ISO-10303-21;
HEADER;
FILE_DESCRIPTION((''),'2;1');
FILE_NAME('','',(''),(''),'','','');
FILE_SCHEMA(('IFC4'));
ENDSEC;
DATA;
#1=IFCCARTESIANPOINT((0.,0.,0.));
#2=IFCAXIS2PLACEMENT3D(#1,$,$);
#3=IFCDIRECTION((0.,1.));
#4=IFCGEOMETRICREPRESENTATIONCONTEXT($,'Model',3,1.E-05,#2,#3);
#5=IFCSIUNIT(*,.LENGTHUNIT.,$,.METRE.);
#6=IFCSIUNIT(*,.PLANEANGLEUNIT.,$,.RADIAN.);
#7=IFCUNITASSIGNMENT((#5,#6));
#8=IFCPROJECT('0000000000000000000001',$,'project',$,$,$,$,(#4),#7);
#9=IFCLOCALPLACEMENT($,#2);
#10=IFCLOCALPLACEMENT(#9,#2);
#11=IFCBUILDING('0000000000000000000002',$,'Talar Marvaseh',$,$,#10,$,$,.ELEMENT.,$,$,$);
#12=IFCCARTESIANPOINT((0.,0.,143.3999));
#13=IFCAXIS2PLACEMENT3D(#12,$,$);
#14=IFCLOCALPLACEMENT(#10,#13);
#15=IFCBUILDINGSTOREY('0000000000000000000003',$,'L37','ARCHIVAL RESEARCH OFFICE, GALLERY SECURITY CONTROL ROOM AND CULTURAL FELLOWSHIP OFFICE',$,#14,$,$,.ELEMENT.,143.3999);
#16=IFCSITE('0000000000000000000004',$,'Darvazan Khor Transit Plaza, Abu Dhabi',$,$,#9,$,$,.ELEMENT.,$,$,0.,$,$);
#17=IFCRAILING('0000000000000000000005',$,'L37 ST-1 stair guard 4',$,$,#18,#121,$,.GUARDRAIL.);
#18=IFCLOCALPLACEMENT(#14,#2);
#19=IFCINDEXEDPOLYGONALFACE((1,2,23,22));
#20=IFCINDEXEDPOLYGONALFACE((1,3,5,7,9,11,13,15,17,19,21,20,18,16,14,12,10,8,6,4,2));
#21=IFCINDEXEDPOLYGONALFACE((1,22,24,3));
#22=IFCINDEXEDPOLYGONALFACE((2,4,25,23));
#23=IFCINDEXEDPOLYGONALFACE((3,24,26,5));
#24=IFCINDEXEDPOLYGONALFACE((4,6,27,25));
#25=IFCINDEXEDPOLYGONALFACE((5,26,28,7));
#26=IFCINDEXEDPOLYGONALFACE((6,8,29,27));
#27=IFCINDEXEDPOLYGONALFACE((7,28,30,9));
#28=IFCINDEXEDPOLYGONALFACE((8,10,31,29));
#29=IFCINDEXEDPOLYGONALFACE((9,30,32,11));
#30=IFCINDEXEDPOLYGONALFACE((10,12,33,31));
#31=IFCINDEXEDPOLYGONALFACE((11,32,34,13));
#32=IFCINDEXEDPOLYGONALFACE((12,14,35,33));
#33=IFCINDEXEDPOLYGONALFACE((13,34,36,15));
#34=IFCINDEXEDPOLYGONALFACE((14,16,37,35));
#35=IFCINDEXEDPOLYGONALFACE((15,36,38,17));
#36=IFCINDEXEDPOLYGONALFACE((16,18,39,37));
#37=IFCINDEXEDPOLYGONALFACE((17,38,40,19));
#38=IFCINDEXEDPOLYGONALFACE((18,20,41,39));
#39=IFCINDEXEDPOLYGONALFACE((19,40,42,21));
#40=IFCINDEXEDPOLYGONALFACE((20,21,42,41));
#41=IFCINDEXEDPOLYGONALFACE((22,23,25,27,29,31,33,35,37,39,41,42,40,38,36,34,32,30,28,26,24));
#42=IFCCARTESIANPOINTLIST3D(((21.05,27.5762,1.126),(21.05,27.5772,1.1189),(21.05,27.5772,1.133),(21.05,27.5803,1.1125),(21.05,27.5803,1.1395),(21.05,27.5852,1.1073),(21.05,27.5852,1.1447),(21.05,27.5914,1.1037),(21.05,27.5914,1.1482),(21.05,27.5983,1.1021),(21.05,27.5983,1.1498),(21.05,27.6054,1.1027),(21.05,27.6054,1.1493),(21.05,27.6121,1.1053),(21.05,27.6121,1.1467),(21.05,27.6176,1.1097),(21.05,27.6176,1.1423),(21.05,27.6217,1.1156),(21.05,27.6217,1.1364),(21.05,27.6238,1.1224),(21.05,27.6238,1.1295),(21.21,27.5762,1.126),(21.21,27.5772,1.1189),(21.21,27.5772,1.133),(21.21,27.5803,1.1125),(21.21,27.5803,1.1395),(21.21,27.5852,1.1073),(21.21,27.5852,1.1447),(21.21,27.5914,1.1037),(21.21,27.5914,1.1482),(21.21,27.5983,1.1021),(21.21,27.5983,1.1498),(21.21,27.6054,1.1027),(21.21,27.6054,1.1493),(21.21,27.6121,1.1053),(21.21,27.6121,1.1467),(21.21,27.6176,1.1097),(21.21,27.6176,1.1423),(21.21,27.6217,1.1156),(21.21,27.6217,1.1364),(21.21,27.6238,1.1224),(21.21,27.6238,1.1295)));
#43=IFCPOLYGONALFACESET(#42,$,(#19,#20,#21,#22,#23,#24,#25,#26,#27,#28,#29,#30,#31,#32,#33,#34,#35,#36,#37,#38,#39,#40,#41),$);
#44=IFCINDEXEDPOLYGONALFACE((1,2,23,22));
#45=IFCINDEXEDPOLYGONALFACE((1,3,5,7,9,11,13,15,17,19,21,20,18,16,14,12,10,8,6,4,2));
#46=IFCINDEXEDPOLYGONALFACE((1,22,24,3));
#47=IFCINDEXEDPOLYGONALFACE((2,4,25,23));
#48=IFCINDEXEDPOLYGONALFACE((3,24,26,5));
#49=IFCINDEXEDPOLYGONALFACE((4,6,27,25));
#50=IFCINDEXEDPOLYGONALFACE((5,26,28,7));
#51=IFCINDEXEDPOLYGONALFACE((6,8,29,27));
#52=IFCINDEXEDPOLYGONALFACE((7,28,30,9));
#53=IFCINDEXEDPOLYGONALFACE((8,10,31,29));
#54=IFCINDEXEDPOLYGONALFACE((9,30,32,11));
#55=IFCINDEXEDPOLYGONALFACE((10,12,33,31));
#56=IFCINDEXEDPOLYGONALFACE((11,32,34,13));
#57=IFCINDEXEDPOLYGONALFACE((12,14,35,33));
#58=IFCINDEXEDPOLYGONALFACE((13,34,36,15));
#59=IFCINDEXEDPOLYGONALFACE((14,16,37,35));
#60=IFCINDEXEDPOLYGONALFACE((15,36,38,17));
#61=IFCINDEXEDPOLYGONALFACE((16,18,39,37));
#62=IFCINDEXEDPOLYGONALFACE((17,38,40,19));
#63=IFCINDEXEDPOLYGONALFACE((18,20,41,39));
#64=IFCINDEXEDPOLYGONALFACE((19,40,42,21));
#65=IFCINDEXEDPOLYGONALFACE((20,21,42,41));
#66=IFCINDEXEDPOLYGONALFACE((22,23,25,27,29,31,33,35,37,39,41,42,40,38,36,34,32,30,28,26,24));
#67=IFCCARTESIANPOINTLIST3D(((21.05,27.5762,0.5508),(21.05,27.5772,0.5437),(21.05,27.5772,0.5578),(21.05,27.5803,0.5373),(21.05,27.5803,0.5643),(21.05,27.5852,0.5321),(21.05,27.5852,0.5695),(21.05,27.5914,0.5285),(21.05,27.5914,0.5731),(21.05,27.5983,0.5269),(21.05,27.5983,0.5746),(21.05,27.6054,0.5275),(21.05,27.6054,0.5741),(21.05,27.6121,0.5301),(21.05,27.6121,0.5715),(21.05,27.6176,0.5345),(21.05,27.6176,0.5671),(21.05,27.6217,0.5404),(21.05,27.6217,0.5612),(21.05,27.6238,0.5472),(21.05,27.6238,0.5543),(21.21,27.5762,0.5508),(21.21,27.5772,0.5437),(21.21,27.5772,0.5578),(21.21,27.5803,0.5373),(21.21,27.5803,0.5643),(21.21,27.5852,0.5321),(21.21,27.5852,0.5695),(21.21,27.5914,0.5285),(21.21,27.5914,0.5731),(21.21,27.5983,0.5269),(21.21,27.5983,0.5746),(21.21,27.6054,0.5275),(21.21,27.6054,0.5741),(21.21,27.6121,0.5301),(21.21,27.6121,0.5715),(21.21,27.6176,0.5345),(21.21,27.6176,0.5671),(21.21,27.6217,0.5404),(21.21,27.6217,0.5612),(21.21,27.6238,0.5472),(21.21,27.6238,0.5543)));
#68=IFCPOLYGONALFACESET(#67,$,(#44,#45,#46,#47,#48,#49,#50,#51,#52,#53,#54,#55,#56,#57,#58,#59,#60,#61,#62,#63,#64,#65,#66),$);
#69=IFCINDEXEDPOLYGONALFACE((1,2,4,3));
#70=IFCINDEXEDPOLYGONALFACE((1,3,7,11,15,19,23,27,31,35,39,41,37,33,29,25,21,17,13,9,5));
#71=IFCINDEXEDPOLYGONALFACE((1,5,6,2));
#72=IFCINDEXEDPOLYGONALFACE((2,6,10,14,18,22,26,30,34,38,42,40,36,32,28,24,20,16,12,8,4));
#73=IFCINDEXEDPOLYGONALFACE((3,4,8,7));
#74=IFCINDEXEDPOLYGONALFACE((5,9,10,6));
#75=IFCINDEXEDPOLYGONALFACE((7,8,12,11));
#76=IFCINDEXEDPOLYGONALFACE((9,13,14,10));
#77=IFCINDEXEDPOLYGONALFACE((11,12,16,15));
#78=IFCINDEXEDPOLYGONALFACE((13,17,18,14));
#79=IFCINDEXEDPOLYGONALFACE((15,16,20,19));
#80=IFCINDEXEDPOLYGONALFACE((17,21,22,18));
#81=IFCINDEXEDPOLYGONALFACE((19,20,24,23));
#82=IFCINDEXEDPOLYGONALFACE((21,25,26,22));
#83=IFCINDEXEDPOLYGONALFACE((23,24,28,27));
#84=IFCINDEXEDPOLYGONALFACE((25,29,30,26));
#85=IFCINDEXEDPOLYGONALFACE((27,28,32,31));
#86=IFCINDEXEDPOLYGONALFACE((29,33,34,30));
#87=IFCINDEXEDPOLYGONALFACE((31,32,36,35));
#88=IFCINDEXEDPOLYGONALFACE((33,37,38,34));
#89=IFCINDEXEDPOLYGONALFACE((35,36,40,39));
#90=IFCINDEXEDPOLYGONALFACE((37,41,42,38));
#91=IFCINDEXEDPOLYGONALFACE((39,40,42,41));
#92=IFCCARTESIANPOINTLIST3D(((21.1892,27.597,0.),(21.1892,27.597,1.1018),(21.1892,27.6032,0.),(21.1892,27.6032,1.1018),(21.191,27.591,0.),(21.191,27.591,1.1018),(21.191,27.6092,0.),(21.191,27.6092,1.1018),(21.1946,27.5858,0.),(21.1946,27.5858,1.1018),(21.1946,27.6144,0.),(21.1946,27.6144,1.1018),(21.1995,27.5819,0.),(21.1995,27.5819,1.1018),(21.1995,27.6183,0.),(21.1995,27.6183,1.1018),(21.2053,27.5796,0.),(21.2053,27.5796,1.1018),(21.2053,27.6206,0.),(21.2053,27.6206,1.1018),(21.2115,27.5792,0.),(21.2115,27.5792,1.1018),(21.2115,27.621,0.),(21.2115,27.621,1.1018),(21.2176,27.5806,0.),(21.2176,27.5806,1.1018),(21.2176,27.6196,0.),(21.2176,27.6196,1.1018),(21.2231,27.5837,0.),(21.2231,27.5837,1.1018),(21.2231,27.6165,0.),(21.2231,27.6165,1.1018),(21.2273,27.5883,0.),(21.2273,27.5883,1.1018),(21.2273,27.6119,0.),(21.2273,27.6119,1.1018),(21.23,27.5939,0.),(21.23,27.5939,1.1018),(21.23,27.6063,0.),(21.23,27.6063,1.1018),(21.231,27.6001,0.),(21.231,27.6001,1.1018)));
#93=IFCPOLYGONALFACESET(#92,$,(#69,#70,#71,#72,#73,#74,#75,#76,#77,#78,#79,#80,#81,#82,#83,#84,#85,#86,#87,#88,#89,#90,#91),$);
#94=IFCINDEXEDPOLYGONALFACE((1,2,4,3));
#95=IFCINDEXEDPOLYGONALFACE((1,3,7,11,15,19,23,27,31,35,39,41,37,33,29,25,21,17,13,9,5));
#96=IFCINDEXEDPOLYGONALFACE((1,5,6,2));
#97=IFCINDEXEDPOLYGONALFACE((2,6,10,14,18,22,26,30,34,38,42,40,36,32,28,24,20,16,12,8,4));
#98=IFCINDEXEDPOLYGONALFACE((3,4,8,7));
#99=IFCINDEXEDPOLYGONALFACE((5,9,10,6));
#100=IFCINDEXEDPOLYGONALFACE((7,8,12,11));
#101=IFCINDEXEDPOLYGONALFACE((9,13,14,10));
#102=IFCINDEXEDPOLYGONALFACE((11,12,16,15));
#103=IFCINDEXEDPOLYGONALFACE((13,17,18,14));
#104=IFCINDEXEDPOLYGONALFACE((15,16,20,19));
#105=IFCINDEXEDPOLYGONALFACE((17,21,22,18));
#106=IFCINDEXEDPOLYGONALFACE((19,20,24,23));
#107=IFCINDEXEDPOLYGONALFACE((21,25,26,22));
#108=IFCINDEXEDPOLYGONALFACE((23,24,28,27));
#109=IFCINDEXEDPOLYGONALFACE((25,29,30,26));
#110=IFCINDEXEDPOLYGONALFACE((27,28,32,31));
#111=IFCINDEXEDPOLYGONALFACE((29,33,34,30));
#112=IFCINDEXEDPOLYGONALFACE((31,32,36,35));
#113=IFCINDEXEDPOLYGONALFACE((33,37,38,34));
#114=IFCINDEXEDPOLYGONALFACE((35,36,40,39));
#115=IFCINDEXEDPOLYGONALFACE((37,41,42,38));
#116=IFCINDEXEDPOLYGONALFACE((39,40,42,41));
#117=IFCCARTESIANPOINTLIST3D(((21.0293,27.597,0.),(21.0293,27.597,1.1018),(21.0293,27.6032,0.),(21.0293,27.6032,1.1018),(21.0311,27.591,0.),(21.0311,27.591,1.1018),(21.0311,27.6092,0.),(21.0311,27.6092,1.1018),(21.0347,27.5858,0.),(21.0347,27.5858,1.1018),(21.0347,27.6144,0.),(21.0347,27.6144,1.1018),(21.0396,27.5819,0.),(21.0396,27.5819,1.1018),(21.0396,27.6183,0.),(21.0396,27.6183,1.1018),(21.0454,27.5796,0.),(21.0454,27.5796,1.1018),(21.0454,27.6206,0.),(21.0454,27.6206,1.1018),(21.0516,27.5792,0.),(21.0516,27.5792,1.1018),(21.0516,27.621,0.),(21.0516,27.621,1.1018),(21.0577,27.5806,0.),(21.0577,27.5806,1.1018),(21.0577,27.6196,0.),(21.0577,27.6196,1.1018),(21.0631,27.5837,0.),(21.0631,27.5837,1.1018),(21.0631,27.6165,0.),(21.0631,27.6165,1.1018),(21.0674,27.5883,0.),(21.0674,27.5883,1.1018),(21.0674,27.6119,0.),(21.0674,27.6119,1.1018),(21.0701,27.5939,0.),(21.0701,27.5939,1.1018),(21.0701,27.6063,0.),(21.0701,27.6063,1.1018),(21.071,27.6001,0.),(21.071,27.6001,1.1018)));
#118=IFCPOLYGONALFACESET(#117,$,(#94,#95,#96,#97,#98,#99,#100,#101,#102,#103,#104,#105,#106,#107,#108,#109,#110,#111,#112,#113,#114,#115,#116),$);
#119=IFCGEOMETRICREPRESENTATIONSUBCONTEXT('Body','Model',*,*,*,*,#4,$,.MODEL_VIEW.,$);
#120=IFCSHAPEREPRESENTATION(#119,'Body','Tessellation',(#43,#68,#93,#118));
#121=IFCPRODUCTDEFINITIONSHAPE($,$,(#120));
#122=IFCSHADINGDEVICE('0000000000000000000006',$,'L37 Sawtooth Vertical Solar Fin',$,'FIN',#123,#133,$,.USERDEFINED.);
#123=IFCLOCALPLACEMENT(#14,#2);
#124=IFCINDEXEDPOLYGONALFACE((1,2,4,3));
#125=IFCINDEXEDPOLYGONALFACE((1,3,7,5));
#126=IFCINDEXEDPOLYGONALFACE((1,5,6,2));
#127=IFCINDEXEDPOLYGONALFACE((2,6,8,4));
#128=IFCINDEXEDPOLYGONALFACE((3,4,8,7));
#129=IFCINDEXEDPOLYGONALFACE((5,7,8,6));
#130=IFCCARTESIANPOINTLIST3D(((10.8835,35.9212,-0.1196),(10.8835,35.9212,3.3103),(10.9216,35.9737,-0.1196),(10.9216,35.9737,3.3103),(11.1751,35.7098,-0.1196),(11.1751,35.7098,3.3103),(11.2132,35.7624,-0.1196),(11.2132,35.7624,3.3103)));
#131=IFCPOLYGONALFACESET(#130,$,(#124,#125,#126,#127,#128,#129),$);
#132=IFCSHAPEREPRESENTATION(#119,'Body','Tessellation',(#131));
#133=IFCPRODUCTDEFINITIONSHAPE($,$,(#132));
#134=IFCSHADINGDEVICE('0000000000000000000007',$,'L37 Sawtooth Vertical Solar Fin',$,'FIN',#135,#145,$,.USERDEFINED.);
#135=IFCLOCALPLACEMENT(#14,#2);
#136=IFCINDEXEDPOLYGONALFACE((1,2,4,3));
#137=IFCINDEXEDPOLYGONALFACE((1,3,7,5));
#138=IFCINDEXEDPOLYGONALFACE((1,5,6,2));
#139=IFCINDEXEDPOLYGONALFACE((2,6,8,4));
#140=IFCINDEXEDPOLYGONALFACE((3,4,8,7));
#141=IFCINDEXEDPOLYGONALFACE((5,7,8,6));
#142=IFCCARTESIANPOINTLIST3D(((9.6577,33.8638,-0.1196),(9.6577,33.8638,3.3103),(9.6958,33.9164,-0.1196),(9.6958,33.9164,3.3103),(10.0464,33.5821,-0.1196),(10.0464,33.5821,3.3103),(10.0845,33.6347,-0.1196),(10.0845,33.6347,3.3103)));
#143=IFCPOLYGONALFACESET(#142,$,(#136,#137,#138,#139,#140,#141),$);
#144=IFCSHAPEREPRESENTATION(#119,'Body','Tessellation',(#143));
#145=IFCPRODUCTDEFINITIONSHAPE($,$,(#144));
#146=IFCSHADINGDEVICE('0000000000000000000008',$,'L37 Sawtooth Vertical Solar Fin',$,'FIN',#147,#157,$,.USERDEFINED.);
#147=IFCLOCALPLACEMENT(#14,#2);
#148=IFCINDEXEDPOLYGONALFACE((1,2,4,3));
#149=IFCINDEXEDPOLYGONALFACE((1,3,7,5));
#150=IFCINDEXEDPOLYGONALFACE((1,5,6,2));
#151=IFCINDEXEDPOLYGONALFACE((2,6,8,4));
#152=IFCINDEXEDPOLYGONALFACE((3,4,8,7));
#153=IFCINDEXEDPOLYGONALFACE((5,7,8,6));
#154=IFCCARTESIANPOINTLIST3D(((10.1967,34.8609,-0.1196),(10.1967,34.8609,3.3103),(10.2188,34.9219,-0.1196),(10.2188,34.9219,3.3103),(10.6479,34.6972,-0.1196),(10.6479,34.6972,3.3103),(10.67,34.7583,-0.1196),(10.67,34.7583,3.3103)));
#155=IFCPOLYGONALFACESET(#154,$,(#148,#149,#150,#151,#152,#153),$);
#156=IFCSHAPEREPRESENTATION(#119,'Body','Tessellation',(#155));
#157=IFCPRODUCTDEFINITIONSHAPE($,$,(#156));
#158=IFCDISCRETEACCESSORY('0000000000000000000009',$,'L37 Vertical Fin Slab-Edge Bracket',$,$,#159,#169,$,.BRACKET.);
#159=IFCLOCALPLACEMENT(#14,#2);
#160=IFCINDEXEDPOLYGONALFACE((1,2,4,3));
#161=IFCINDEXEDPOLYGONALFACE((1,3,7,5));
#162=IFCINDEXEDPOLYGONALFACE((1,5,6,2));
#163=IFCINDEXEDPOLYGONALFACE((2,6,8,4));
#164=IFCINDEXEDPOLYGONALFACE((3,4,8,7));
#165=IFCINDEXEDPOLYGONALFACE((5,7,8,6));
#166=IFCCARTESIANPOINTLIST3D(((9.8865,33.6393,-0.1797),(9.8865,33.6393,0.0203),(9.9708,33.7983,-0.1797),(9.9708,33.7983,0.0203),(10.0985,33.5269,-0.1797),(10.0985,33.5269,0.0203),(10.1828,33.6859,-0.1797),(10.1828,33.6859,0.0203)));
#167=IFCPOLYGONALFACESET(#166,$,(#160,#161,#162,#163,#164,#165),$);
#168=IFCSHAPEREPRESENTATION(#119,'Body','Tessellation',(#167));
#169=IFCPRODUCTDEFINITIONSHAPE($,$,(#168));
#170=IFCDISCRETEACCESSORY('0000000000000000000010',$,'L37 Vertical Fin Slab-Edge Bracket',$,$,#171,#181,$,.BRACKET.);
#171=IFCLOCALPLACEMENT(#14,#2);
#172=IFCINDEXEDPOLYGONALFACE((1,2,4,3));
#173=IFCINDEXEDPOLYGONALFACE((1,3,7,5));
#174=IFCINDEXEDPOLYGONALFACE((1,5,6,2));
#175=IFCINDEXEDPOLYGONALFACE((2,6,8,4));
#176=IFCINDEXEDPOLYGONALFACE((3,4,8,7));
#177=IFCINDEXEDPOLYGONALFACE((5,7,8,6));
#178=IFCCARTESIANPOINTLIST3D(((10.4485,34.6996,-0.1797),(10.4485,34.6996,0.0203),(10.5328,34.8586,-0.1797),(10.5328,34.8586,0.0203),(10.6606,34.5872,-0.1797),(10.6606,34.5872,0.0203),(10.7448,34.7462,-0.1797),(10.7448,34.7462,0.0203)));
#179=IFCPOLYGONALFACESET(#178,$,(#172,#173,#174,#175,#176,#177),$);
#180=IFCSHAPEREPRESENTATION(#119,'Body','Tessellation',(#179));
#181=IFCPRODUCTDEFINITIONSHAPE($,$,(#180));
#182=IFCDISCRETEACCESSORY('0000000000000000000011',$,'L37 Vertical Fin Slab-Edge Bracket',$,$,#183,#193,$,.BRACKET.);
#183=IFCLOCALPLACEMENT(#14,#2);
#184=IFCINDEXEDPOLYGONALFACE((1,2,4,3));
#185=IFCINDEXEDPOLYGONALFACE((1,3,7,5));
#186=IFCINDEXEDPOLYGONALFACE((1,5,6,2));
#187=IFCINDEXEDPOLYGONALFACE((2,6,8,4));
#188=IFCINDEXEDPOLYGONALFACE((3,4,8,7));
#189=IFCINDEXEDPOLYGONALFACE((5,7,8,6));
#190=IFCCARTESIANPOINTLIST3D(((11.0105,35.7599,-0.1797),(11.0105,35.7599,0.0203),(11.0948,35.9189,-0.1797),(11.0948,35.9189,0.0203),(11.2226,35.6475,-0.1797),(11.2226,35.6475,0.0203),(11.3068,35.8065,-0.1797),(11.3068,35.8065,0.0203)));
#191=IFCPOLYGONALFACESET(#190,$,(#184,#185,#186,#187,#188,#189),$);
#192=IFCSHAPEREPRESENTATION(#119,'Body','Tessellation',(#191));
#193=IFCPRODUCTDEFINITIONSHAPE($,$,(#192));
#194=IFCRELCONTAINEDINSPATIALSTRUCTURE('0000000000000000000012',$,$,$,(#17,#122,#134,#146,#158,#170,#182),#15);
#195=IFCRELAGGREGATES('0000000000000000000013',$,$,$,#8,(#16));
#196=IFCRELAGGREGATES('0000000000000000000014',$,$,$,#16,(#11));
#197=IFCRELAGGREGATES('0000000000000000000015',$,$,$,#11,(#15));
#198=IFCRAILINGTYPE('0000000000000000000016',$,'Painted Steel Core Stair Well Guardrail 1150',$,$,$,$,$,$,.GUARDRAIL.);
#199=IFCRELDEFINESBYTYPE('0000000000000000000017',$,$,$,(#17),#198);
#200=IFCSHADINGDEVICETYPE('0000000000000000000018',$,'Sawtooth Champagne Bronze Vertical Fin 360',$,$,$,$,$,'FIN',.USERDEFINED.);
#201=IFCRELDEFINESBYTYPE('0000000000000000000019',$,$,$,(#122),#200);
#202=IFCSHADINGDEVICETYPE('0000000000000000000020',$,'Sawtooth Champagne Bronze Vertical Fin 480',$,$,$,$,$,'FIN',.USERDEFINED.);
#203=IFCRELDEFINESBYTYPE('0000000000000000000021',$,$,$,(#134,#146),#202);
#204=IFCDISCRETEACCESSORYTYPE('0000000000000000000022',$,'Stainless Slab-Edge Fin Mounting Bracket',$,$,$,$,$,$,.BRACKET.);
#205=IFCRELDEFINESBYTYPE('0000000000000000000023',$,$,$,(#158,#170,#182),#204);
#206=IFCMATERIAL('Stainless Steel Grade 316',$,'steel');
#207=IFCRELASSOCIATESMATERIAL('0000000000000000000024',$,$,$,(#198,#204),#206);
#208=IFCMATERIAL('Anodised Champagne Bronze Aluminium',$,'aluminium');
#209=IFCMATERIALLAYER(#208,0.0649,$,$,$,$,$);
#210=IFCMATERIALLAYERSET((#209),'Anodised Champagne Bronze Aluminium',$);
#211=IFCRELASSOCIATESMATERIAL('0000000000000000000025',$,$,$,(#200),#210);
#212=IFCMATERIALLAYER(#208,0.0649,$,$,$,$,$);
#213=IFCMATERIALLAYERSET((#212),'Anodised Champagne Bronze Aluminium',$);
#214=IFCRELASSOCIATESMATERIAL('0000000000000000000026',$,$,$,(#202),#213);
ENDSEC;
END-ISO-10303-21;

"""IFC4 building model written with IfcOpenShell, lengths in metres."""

from ifc_helpers import new_model, si_unit, direction, frame, origin, origin_2d, place, context, subcontext, project, spatial, rectangle, circle, extrude, source, transform, mapped, material, layer, layer_set, type_object, type_shapes, element, save


model = new_model("IFC4")

# Units and contexts
model_context = context("Model", 3, precision=1e-05, world=origin(), true_north=direction((0.0, 1.0)))
body_context = subcontext(model_context, "Body", "Model", "MODEL_VIEW")
ifc_project = project(units=[si_unit("LENGTHUNIT", "METRE"), si_unit("PLANEANGLEUNIT", "RADIAN")], contexts=[model_context])

# Site, building, storey
site_placement = place(None, origin())
site = spatial("IfcSite", under=ifc_project, at=site_placement, Name="Darvazan Khor Transit Plaza, Abu Dhabi", CompositionType="ELEMENT", RefElevation=0.0)
building_placement = place(site_placement, origin())
building = spatial("IfcBuilding", under=site, at=building_placement, Name="Talar Marvaseh", CompositionType="ELEMENT")
storey_placement = place(building_placement, frame((0.0, 0.0, 143.3999)))
storey = spatial("IfcBuildingStorey", under=building, at=storey_placement, Name="L37", Description="ARCHIVAL RESEARCH OFFICE, GALLERY SECURITY CONTROL ROOM AND CULTURAL FELLOWSHIP OFFICE", CompositionType="ELEMENT", Elevation=143.3999)

# Railing
ifc_material_1 = material(Name="Stainless Steel Grade 316", Category="steel")
railing_type_1 = type_object("IfcRailingType", Name="Painted Steel Core Stair Well Guardrail 1150", PredefinedType="GUARDRAIL", material=ifc_material_1)
railing_1_placement = place(storey_placement, frame((21.21, 27.6001, 0.0)))
element("IfcRailing", 1, at=railing_1_placement, inside=storey, type_object=railing_type_1, Name="L37 ST-1 stair guard 4", PredefinedType="GUARDRAIL", context=body_context, shape_type="SweptSolid", body=[
    extrude(circle(Radius=0.0239, at=origin_2d()), frame((0.0, 0.0, 1.126), z_axis=(-1.0, 0.0, 0.0), x_axis=(0.0, -1.0, 0.0)), (0.0, 0.0, 1.0), 0.1599),
    extrude(circle(Radius=0.0239, at=origin_2d()), frame((0.0, 0.0, 0.5508), z_axis=(-1.0, 0.0, 0.0), x_axis=(0.0, -1.0, 0.0)), (0.0, 0.0, 1.0), 0.1599),
    extrude(circle(Radius=0.021, at=origin_2d()), origin(), (0.0, 0.0, 1.0), 1.1018),
    extrude(circle(Radius=0.021, at=origin_2d()), frame((-0.1599, 0.0, 0.0)), (0.0, 0.0, 1.0), 1.1018),
])

# Shading devices
ifc_material_2 = material(Name="Anodised Champagne Bronze Aluminium", Category="aluminium")
ifc_layer_1 = layer(ifc_material_2, 0.0649)
ifc_layer_set_1 = layer_set([ifc_layer_1], Name="Anodised Champagne Bronze Aluminium")
shading_device_type_1 = type_object("IfcShadingDeviceType", Name="Sawtooth Champagne Bronze Vertical Fin 360", ElementType="FIN", PredefinedType="USERDEFINED", material=ifc_layer_set_1)
shared_shape_1 = source(origin(), body_context, "Body", "SweptSolid", [
    extrude(rectangle(XDim=0.3601, YDim=0.0649, at=origin_2d()), origin(), (0.0, 0.0, 1.0), 3.4299),
])
type_shapes(shading_device_type_1, [shared_shape_1])
shading_device_placement = place(storey_placement, frame((11.0483, 35.8418, -0.1196), z_axis=(0.0, 0.0, 1.0), x_axis=(-0.809735, 0.586796, 0.0)))
element("IfcShadingDevice", 2, at=shading_device_placement, inside=storey, type_object=shading_device_type_1, Name="L37 Sawtooth Vertical Solar Fin", ObjectType="FIN", PredefinedType="USERDEFINED", context=body_context, shape_type="MappedRepresentation", body=[
    mapped(shared_shape_1, transform((0.0, 0.0, 0.0), x_axis=(1.0, 0.0, 0.0), y_axis=(0.0, 1.0, 0.0), z_axis=(0.0, 0.0, 1.0), scale=1.0)),
])
ifc_layer_2 = layer(ifc_material_2, 0.0649)
ifc_layer_set_2 = layer_set([ifc_layer_2], Name="Anodised Champagne Bronze Aluminium")
shading_device_type_2 = type_object("IfcShadingDeviceType", Name="Sawtooth Champagne Bronze Vertical Fin 480", ElementType="FIN", PredefinedType="USERDEFINED", material=ifc_layer_set_2)
shared_shape_2 = source(origin(), body_context, "Body", "SweptSolid", [
    extrude(rectangle(XDim=0.48, YDim=0.0649, at=origin_2d()), origin(), (0.0, 0.0, 1.0), 3.4299),
])
type_shapes(shading_device_type_2, [shared_shape_2])
for number, where, z_axis, x_axis, name in (
    (3, (9.8711, 33.7493, -0.1196), (0.0, 0.0, 1.0), (-0.809735, 0.586796, 0.0), "L37 Sawtooth Vertical Solar Fin"),
    (4, (10.4333, 34.8096, -0.1196), (0.0, 0.0, 1.0), (-0.94011, 0.340872, 0.0), "L37 Sawtooth Vertical Solar Fin"),
):
    element("IfcShadingDevice", number, at=place(storey_placement, frame(where, z_axis=z_axis, x_axis=x_axis)), inside=storey, type_object=shading_device_type_2, Name=name, ObjectType="FIN", PredefinedType="USERDEFINED", context=body_context, shape_type="MappedRepresentation", body=[
        mapped(shared_shape_2, transform((0.0, 0.0, 0.0), x_axis=(1.0, 0.0, 0.0), y_axis=(0.0, 1.0, 0.0), z_axis=(0.0, 0.0, 1.0), scale=1.0)),
    ])

# Discrete accessories
discrete_accessory_type = type_object("IfcDiscreteAccessoryType", Name="Stainless Slab-Edge Fin Mounting Bracket", PredefinedType="BRACKET", material=ifc_material_1)
shared_shape_3 = source(origin(), body_context, "Body", "SweptSolid", [
    extrude(rectangle(XDim=0.24, YDim=0.1799, at=origin_2d()), origin(), (0.0, 0.0, 1.0), 0.2),
])
type_shapes(discrete_accessory_type, [shared_shape_3])
for number, where, z_axis, x_axis, name in (
    (5, (10.0347, 33.6626, -0.1797), (0.0, 0.0, 1.0), (-0.883521, 0.468392, 0.0), "L37 Vertical Fin Slab-Edge Bracket"),
    (6, (10.5967, 34.7229, -0.1797), (0.0, 0.0, 1.0), (-0.883521, 0.468392, 0.0), "L37 Vertical Fin Slab-Edge Bracket"),
    (7, (11.1587, 35.7832, -0.1797), (0.0, 0.0, 1.0), (-0.883521, 0.468392, 0.0), "L37 Vertical Fin Slab-Edge Bracket"),
):
    element("IfcDiscreteAccessory", number, at=place(storey_placement, frame(where, z_axis=z_axis, x_axis=x_axis)), inside=storey, type_object=discrete_accessory_type, Name=name, PredefinedType="BRACKET", context=body_context, shape_type="MappedRepresentation", body=[
        mapped(shared_shape_3, transform((0.0, 0.0, 0.0), x_axis=(1.0, 0.0, 0.0), y_axis=(0.0, 1.0, 0.0), z_axis=(0.0, 0.0, 1.0), scale=1.0)),
    ])

save(model, "model.ifc")
